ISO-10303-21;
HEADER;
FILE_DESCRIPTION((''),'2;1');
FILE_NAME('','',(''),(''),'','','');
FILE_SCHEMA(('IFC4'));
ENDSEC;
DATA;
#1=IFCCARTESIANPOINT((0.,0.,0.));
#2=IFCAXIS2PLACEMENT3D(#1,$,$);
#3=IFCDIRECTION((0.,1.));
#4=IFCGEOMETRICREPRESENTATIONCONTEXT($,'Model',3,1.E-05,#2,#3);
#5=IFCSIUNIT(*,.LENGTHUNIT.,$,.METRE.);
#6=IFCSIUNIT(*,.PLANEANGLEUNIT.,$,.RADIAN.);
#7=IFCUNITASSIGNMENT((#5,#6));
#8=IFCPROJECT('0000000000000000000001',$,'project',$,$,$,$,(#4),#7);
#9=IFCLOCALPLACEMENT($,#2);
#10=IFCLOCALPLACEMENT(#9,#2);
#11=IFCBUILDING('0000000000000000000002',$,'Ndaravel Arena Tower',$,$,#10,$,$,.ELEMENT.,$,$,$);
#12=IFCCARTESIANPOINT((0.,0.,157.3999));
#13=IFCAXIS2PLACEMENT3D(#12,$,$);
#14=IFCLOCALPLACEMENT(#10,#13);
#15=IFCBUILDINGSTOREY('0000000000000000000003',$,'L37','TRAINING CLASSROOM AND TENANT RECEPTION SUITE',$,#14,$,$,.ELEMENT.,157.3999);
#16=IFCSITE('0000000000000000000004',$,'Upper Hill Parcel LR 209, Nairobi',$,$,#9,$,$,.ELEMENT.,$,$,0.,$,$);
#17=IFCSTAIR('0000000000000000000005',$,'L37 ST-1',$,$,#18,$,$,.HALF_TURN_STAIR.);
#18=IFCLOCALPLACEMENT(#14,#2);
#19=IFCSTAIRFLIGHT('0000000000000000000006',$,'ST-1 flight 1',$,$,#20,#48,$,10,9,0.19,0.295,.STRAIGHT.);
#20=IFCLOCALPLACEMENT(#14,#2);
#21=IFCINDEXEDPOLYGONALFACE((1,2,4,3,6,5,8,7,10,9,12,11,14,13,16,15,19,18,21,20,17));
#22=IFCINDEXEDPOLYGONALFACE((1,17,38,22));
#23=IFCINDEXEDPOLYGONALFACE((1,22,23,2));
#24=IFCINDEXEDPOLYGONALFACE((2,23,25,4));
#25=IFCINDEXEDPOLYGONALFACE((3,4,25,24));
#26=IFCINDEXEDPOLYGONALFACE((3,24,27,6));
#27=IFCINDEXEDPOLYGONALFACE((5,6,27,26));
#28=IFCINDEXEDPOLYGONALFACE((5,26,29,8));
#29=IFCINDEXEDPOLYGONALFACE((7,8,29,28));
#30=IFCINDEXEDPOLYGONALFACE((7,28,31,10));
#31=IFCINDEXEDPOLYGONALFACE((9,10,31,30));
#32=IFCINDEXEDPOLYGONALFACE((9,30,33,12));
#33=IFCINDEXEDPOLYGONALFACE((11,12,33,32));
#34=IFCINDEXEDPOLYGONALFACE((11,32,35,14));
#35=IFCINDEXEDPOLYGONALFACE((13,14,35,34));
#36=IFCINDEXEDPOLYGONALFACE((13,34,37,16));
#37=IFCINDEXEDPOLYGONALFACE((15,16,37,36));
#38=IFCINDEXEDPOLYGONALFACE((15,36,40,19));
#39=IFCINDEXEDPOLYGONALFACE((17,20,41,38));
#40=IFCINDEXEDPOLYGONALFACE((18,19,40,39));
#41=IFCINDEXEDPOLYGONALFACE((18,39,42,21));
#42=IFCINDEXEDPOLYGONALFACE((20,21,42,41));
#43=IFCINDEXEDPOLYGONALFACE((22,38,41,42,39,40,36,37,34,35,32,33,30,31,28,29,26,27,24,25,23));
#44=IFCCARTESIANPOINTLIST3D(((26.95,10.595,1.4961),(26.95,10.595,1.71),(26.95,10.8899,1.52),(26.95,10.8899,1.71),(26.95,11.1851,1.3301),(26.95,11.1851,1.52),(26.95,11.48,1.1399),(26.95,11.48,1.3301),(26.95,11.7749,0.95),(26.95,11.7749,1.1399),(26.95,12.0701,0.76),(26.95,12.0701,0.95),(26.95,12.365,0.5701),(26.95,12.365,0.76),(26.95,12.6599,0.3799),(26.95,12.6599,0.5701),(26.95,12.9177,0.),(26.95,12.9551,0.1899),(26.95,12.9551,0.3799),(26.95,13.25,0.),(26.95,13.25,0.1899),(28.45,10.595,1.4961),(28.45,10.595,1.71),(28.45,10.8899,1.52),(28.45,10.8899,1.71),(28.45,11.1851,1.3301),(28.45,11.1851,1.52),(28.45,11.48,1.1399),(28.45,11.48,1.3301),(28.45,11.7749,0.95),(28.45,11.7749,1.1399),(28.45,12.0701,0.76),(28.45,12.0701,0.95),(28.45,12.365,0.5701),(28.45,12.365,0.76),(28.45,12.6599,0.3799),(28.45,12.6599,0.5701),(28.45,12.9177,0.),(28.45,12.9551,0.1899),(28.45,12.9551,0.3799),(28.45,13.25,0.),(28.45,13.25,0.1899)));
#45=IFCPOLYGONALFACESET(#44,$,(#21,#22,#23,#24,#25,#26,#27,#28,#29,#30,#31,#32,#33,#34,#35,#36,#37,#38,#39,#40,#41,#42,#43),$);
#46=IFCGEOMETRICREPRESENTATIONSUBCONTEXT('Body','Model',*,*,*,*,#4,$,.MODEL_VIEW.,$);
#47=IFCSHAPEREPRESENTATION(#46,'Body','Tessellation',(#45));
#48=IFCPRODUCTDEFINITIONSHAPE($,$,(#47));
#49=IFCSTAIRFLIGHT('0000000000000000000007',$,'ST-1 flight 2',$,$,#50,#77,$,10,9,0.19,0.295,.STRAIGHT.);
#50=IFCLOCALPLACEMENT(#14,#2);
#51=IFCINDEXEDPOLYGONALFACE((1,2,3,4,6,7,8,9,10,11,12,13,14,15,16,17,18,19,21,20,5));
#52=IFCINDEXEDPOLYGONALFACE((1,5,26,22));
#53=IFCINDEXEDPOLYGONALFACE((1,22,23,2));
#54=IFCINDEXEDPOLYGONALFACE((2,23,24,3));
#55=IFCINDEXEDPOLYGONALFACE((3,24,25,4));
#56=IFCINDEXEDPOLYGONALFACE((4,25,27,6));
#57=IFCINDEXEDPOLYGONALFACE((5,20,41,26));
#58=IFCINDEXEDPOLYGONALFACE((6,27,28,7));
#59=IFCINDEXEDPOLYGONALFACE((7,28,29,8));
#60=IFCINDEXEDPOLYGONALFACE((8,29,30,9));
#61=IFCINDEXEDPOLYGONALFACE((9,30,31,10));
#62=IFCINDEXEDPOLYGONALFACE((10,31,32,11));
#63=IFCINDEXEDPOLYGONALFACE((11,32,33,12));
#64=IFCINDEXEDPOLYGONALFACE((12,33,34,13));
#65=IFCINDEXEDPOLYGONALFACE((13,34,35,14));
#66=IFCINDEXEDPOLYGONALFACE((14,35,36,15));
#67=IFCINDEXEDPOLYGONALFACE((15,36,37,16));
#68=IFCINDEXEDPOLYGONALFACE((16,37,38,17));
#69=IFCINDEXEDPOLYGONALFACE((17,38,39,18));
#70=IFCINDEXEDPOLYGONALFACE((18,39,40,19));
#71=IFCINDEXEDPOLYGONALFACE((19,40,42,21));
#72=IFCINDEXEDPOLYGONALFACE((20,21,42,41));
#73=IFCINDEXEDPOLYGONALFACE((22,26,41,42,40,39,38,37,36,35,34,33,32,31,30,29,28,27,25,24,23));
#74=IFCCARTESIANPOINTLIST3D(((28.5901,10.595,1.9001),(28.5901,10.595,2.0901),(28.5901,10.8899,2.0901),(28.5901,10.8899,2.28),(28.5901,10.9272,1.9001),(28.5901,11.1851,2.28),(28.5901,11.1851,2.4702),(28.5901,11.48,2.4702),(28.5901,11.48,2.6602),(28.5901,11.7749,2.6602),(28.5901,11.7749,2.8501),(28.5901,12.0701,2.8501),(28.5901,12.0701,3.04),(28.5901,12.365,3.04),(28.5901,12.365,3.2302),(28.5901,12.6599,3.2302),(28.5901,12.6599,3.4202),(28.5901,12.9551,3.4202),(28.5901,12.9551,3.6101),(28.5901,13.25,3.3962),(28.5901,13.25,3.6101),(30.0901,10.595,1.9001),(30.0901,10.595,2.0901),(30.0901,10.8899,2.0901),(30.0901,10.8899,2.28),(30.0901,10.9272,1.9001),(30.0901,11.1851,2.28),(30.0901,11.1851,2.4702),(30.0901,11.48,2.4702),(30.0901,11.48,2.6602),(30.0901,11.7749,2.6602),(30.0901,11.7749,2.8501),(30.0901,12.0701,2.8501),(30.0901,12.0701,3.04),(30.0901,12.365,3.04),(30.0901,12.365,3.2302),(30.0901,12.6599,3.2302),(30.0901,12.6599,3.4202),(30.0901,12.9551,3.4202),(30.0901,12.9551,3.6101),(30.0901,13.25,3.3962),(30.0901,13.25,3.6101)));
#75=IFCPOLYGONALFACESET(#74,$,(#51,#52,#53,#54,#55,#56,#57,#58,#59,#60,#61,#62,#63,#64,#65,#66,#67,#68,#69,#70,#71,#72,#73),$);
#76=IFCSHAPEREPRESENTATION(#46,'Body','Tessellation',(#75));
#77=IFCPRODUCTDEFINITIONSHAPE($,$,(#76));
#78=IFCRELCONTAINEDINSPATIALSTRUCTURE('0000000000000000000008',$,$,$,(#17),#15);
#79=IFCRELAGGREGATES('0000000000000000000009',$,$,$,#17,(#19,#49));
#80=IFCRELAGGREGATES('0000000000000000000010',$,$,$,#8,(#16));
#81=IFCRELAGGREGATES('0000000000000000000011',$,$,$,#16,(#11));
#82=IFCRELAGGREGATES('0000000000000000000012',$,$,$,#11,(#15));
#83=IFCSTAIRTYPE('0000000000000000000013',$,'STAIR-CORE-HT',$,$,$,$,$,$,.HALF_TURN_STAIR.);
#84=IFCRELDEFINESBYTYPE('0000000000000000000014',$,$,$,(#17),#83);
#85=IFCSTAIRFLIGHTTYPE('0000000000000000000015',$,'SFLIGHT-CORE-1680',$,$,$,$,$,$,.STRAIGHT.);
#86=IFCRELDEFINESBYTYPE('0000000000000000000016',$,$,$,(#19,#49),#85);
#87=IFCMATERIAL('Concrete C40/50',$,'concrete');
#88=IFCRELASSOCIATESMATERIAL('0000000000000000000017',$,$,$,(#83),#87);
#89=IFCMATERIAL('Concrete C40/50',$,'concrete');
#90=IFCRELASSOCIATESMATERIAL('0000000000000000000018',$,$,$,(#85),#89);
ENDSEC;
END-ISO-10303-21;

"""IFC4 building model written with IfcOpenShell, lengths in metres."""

from ifc_helpers import new_model, si_unit, direction, frame, origin, place, context, subcontext, project, spatial, polyline, outline, extrude, material, type_object, element, aggregate, save


model = new_model("IFC4")

# Units and contexts
model_context = context("Model", 3, precision=1e-05, world=origin(), true_north=direction((0.0, 1.0)))
body_context = subcontext(model_context, "Body", "Model", "MODEL_VIEW")
ifc_project = project(units=[si_unit("LENGTHUNIT", "METRE"), si_unit("PLANEANGLEUNIT", "RADIAN")], contexts=[model_context])

# Site, building, storey
site_placement = place(None, origin())
site = spatial("IfcSite", under=ifc_project, at=site_placement, Name="Upper Hill Parcel LR 209, Nairobi", CompositionType="ELEMENT", RefElevation=0.0)
building_placement = place(site_placement, origin())
building = spatial("IfcBuilding", under=site, at=building_placement, Name="Ndaravel Arena Tower", CompositionType="ELEMENT")
storey_placement = place(building_placement, frame((0.0, 0.0, 157.3999)))
storey = spatial("IfcBuildingStorey", under=building, at=storey_placement, Name="L37", Description="TRAINING CLASSROOM AND TENANT RECEPTION SUITE", CompositionType="ELEMENT", Elevation=157.3999)

# Stair, stair flights
ifc_material_1 = material(Name="Concrete C40/50", Category="concrete")
stair_type = type_object("IfcStairType", Name="STAIR-CORE-HT", PredefinedType="HALF_TURN_STAIR", material=ifc_material_1)
stair_placement = place(storey_placement, origin())
stair = element("IfcStair", 1, at=stair_placement, inside=storey, type_object=stair_type, Name="L37 ST-1", PredefinedType="HALF_TURN_STAIR")
ifc_material_2 = material(Name="Concrete C40/50", Category="concrete")
stair_flight_type = type_object("IfcStairFlightType", Name="SFLIGHT-CORE-1680", PredefinedType="STRAIGHT", material=ifc_material_2)
stair_flight_1_placement = place(storey_placement, frame((27.7, 13.25, 0.0), z_axis=(0.0, 0.0, 1.0), x_axis=(0.0, -1.0, 0.0)))
stair_flight_1 = element("IfcStairFlight", 2, at=stair_flight_1_placement, type_object=stair_flight_type, Name="ST-1 flight 1", NumberOfRisers=10, NumberOfTreads=9, PredefinedType="STRAIGHT", RiserHeight=0.19, TreadLength=0.295, context=body_context, shape_type="SweptSolid", body=[
    extrude(outline(polyline([(0.0, 0.0), (0.0, 0.1899), (0.2949, 0.1899), (0.2949, 0.3799), (0.5901, 0.3799), (0.5901, 0.5701), (0.885, 0.5701), (0.885, 0.76), (1.1799, 0.76), (1.1799, 0.95), (1.4751, 0.95), (1.4751, 1.1399), (1.77, 1.1399), (1.77, 1.3301), (2.0649, 1.3301), (2.0649, 1.52), (2.3601, 1.52), (2.3601, 1.71), (2.655, 1.71), (2.655, 1.8999), (2.655, 1.4961), (0.3323, 0.0), (0.0, 0.0)])), frame((0.0, 0.75, 0.0), z_axis=(0.0, -1.0, 0.0), x_axis=(1.0, 0.0, 0.0)), (0.0, 0.0, 1.0), 1.5),
])
stair_flight_2_placement = place(storey_placement, frame((29.3401, 10.595, 1.9001), z_axis=(0.0, 0.0, 1.0), x_axis=(0.0, 1.0, 0.0)))
stair_flight_2 = element("IfcStairFlight", 3, at=stair_flight_2_placement, type_object=stair_flight_type, Name="ST-1 flight 2", NumberOfRisers=10, NumberOfTreads=9, PredefinedType="STRAIGHT", RiserHeight=0.19, TreadLength=0.295, context=body_context, shape_type="SweptSolid", body=[
    extrude(outline(polyline([(0.0, 0.0), (0.0, 0.1899), (0.2949, 0.1899), (0.2949, 0.3799), (0.5901, 0.3799), (0.5901, 0.5701), (0.885, 0.5701), (0.885, 0.76), (1.1799, 0.76), (1.1799, 0.95), (1.4751, 0.95), (1.4751, 1.1399), (1.77, 1.1399), (1.77, 1.3301), (2.0649, 1.3301), (2.0649, 1.52), (2.3601, 1.52), (2.3601, 1.71), (2.655, 1.71), (2.655, 1.8999), (2.655, 1.4961), (0.3323, 0.0), (0.0, 0.0)])), frame((0.0, 0.75, 0.0), z_axis=(0.0, -1.0, 0.0), x_axis=(1.0, 0.0, 0.0)), (0.0, 0.0, 1.0), 1.5),
])
aggregate(stair, [stair_flight_1, stair_flight_2])

save(model, "model.ifc")
